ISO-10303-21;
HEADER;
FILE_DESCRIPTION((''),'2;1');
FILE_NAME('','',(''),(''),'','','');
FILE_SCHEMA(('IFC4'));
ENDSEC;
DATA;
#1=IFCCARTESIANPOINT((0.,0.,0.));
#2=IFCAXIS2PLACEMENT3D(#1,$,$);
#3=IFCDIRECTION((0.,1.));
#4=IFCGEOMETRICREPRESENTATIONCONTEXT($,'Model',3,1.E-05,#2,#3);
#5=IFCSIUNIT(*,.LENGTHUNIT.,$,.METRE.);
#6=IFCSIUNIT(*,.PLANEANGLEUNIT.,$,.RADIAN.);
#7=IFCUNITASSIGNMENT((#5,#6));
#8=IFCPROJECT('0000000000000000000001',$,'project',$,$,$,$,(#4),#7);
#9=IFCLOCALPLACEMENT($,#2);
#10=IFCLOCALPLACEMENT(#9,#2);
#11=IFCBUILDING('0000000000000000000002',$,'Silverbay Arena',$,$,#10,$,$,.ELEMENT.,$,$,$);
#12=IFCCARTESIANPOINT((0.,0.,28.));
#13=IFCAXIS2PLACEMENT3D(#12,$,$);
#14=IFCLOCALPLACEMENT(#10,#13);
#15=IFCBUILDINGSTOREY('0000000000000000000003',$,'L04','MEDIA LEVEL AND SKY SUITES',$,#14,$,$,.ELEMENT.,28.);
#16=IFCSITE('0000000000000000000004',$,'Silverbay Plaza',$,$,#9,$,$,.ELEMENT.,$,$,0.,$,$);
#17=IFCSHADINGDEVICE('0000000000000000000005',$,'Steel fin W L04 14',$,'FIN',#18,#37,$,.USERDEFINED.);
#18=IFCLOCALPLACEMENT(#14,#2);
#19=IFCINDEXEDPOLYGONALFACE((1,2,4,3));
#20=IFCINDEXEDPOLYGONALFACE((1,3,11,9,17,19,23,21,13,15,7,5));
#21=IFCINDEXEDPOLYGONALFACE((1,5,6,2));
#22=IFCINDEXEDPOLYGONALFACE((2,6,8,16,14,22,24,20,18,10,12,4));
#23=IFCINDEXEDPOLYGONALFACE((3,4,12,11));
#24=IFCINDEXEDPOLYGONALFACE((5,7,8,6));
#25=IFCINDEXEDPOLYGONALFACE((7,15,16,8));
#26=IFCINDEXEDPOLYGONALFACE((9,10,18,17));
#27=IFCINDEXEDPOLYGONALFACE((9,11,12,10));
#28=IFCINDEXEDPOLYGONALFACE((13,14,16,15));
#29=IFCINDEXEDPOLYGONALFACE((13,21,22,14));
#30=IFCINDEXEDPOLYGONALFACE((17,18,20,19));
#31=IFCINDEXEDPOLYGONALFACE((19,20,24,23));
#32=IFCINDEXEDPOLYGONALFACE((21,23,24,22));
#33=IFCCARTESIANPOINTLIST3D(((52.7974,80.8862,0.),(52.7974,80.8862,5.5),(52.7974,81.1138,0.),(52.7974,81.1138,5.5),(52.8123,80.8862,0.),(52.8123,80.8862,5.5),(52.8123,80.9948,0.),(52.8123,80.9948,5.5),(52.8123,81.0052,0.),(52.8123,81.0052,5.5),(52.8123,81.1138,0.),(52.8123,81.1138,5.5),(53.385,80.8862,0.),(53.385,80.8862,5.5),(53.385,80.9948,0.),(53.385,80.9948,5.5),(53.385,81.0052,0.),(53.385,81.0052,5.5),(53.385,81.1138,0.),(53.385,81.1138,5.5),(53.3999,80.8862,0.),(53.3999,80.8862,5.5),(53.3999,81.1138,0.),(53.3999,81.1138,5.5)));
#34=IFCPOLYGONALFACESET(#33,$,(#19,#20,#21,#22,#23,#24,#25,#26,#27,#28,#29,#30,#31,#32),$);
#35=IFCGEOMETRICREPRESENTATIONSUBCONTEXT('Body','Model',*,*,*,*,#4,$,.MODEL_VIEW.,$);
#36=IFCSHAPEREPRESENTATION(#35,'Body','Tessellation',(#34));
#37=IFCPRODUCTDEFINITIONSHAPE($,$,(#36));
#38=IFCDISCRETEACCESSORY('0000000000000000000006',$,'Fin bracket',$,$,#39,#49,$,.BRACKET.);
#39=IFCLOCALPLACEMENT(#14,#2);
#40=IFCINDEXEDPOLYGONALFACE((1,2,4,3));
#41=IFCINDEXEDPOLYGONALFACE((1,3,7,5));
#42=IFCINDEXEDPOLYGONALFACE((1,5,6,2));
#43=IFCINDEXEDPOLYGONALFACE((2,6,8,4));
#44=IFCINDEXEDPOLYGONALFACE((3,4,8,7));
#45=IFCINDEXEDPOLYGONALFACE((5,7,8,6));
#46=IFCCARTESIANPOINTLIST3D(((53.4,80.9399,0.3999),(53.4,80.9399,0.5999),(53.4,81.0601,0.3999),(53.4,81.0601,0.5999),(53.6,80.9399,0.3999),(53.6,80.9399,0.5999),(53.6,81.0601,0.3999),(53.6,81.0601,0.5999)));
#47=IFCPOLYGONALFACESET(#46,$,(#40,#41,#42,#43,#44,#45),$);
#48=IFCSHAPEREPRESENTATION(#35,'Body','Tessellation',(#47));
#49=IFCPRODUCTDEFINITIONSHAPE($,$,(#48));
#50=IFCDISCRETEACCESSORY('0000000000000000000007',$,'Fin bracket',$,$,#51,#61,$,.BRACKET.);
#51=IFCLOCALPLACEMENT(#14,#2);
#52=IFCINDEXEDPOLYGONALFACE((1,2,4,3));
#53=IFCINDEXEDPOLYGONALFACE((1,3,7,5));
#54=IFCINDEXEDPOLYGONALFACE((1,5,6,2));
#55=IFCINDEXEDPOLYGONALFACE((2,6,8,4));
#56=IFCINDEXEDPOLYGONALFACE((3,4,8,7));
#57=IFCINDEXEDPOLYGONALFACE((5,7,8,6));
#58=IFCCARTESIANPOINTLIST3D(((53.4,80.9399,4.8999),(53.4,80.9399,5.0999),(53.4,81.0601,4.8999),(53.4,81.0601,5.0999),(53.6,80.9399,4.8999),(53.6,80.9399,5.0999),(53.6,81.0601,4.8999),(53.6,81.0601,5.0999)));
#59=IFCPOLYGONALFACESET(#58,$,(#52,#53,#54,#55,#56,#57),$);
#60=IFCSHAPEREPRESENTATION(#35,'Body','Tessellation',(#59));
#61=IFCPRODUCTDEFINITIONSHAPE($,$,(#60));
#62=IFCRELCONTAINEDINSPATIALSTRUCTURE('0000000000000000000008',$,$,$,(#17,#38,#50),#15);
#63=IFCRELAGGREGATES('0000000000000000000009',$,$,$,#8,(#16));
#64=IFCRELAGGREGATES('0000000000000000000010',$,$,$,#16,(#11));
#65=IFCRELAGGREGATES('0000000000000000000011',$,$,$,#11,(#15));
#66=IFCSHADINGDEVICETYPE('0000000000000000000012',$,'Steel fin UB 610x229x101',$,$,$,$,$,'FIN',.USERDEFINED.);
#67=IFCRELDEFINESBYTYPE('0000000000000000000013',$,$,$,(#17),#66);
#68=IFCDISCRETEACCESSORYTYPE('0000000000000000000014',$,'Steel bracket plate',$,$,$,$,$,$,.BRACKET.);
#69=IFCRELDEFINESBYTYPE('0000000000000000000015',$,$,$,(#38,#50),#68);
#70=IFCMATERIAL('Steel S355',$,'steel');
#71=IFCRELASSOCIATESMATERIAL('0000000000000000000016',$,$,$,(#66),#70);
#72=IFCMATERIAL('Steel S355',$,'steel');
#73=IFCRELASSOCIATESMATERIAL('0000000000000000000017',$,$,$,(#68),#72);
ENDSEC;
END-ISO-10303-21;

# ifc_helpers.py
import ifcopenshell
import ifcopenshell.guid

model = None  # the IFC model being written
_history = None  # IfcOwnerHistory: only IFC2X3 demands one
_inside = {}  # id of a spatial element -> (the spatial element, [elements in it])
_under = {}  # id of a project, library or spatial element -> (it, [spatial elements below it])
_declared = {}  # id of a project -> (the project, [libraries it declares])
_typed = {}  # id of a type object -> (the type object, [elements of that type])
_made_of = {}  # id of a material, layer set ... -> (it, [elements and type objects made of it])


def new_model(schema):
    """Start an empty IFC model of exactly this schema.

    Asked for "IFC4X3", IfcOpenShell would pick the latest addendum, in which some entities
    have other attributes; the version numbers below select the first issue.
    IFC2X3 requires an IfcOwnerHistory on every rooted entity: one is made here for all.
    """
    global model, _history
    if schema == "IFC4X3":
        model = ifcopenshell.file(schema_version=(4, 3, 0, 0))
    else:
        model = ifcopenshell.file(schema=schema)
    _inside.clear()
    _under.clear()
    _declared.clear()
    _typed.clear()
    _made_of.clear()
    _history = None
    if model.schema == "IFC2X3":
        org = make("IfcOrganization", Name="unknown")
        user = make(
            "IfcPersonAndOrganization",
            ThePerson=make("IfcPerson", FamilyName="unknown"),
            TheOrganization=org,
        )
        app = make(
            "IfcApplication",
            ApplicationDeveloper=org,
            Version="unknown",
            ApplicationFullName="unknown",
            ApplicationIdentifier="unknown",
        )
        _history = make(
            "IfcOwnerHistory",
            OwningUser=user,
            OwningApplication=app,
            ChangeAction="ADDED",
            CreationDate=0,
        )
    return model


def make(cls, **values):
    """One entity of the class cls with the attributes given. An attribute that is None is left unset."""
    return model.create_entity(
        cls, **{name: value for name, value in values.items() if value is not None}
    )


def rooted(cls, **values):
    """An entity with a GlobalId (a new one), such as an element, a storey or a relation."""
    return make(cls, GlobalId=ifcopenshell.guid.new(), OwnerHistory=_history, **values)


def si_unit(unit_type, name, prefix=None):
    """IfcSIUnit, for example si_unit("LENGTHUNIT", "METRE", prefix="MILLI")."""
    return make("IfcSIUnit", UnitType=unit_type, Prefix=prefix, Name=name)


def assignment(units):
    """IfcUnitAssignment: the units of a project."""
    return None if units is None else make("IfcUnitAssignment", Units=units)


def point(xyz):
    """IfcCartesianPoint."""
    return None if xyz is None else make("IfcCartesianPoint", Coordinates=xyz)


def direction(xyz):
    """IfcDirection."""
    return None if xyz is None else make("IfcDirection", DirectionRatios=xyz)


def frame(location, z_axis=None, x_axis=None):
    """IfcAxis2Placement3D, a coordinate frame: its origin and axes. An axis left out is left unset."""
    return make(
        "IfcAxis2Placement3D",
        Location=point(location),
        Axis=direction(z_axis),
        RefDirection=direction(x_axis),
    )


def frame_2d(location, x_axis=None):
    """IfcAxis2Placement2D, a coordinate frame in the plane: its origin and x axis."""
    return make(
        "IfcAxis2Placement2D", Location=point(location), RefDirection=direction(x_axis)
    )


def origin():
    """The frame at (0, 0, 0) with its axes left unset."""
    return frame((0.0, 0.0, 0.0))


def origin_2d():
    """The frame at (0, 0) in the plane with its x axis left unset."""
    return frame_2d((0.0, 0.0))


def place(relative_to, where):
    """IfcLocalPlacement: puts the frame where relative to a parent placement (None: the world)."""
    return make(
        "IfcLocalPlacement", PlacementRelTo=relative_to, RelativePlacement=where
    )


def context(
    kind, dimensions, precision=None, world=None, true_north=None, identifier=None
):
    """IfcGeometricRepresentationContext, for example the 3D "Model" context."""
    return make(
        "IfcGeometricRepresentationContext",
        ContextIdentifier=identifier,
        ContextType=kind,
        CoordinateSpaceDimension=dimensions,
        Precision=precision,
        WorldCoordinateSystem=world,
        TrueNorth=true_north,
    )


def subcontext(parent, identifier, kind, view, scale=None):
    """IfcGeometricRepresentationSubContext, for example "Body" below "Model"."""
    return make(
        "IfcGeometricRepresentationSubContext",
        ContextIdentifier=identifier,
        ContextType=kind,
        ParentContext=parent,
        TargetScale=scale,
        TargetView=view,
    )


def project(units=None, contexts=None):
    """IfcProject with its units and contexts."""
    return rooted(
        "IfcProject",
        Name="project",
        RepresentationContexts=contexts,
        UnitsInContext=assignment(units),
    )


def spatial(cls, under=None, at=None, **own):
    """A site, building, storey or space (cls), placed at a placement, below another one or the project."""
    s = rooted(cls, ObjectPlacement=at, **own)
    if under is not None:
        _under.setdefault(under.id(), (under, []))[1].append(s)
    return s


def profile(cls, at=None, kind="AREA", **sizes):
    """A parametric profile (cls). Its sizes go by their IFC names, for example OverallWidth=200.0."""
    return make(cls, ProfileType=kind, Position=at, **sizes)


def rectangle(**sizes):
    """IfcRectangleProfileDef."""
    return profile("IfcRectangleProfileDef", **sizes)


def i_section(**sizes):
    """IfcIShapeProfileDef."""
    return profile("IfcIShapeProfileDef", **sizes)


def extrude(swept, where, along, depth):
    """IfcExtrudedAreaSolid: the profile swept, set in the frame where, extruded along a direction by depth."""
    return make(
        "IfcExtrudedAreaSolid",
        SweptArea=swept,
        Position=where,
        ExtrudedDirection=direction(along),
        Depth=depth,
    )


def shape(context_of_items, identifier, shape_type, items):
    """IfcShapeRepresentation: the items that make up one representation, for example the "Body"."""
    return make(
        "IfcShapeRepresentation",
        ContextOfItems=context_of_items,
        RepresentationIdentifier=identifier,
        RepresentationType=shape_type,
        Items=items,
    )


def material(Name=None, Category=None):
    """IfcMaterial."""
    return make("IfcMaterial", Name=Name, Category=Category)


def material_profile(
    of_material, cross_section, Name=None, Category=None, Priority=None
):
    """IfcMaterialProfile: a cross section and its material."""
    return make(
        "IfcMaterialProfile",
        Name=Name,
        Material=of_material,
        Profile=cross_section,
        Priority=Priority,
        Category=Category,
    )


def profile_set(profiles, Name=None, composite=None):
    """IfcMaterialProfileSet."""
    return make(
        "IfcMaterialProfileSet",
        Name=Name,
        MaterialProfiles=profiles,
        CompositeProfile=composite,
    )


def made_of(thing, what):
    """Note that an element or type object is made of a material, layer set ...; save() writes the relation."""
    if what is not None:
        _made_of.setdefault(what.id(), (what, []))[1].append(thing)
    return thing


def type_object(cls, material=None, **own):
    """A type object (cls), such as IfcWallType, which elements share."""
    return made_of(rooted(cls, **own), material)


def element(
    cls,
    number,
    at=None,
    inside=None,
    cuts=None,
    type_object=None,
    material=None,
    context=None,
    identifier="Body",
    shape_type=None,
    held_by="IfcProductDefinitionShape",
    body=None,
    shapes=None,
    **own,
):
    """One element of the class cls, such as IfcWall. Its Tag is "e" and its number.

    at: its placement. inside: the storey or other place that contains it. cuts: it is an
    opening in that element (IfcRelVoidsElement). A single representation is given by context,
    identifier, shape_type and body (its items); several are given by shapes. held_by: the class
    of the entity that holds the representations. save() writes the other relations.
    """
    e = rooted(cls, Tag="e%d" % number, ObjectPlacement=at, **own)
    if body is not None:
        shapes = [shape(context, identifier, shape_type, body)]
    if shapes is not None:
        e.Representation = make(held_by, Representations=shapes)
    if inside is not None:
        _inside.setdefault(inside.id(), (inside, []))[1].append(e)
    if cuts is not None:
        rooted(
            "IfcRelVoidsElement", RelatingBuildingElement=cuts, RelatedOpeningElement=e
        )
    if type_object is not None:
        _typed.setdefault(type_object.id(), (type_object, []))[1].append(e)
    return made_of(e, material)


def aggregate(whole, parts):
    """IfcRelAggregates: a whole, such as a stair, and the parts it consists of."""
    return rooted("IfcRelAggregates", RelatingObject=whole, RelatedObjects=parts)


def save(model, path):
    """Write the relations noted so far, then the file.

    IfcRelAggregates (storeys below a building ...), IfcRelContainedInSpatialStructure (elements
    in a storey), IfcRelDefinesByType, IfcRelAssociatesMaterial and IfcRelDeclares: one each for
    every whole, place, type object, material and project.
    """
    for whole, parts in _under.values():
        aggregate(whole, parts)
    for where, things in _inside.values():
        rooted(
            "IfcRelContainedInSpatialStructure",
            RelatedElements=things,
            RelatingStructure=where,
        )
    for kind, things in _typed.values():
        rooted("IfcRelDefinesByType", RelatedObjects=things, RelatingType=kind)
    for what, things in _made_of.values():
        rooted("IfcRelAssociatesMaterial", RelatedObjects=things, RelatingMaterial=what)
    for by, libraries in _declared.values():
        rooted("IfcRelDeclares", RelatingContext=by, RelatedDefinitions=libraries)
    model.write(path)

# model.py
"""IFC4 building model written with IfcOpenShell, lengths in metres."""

from ifc_helpers import new_model, si_unit, direction, frame, origin, origin_2d, place, context, subcontext, project, spatial, rectangle, i_section, extrude, material, material_profile, profile_set, type_object, element, save


model = new_model("IFC4")

# Units and contexts
model_context = context("Model", 3, precision=1e-05, world=origin(), true_north=direction((0.0, 1.0)))
body_context = subcontext(model_context, "Body", "Model", "MODEL_VIEW")
ifc_project = project(units=[si_unit("LENGTHUNIT", "METRE"), si_unit("PLANEANGLEUNIT", "RADIAN")], contexts=[model_context])

# Site, building, storey
site_placement = place(None, origin())
site = spatial("IfcSite", under=ifc_project, at=site_placement, Name="Silverbay Plaza", CompositionType="ELEMENT", RefElevation=0.0)
building_placement = place(site_placement, origin())
building = spatial("IfcBuilding", under=site, at=building_placement, Name="Silverbay Arena", CompositionType="ELEMENT")
storey_placement = place(building_placement, frame((0.0, 0.0, 28.0)))
storey = spatial("IfcBuildingStorey", under=building, at=storey_placement, Name="L04", Description="MEDIA LEVEL AND SKY SUITES", CompositionType="ELEMENT", Elevation=28.0)

# Shading device
ifc_material_1 = material(Name="Steel S355", Category="steel")
ifc_material_profile_1 = material_profile(ifc_material_1, i_section(OverallWidth=0.2275, OverallDepth=0.6025, WebThickness=0.0105, FlangeThickness=0.0149, at=origin_2d()), Name="UB 610x229x101")
ifc_profile_set_1 = profile_set([ifc_material_profile_1], Name="Steel S355")
shading_device_type = type_object("IfcShadingDeviceType", Name="Steel fin UB 610x229x101", ElementType="FIN", PredefinedType="USERDEFINED", material=ifc_profile_set_1)
shading_device_placement = place(storey_placement, frame((53.0986, 81.0, 0.0), z_axis=(0.0, 0.0, 1.0), x_axis=(0.0, 1.0, 0.0)))
element("IfcShadingDevice", 1, at=shading_device_placement, inside=storey, type_object=shading_device_type, Name="Steel fin W L04 14", ObjectType="FIN", PredefinedType="USERDEFINED", context=body_context, shape_type="SweptSolid", body=[
    extrude(i_section(OverallWidth=0.2275, OverallDepth=0.6025, WebThickness=0.0105, FlangeThickness=0.0149, at=origin_2d()), origin(), (0.0, 0.0, 1.0), 5.5),
])

# Discrete accessories
ifc_material_2 = material(Name="Steel S355", Category="steel")
discrete_accessory_type = type_object("IfcDiscreteAccessoryType", Name="Steel bracket plate", PredefinedType="BRACKET", material=ifc_material_2)
for number, where, z_axis, x_axis, name in (
    (2, (53.5, 81.0, 0.3999), (0.0, 0.0, 1.0), (1.0, 0.0, 0.0), "Fin bracket"),
    (3, (53.5, 81.0, 4.8999), (0.0, 0.0, 1.0), (1.0, 0.0, 0.0), "Fin bracket"),
):
    element("IfcDiscreteAccessory", number, at=place(storey_placement, frame(where, z_axis=z_axis, x_axis=x_axis)), inside=storey, type_object=discrete_accessory_type, Name=name, PredefinedType="BRACKET", context=body_context, shape_type="SweptSolid", body=[
        extrude(rectangle(XDim=0.2, YDim=0.1201, at=origin_2d()), origin(), (0.0, 0.0, 1.0), 0.2),
    ])

save(model, "model.ifc")
